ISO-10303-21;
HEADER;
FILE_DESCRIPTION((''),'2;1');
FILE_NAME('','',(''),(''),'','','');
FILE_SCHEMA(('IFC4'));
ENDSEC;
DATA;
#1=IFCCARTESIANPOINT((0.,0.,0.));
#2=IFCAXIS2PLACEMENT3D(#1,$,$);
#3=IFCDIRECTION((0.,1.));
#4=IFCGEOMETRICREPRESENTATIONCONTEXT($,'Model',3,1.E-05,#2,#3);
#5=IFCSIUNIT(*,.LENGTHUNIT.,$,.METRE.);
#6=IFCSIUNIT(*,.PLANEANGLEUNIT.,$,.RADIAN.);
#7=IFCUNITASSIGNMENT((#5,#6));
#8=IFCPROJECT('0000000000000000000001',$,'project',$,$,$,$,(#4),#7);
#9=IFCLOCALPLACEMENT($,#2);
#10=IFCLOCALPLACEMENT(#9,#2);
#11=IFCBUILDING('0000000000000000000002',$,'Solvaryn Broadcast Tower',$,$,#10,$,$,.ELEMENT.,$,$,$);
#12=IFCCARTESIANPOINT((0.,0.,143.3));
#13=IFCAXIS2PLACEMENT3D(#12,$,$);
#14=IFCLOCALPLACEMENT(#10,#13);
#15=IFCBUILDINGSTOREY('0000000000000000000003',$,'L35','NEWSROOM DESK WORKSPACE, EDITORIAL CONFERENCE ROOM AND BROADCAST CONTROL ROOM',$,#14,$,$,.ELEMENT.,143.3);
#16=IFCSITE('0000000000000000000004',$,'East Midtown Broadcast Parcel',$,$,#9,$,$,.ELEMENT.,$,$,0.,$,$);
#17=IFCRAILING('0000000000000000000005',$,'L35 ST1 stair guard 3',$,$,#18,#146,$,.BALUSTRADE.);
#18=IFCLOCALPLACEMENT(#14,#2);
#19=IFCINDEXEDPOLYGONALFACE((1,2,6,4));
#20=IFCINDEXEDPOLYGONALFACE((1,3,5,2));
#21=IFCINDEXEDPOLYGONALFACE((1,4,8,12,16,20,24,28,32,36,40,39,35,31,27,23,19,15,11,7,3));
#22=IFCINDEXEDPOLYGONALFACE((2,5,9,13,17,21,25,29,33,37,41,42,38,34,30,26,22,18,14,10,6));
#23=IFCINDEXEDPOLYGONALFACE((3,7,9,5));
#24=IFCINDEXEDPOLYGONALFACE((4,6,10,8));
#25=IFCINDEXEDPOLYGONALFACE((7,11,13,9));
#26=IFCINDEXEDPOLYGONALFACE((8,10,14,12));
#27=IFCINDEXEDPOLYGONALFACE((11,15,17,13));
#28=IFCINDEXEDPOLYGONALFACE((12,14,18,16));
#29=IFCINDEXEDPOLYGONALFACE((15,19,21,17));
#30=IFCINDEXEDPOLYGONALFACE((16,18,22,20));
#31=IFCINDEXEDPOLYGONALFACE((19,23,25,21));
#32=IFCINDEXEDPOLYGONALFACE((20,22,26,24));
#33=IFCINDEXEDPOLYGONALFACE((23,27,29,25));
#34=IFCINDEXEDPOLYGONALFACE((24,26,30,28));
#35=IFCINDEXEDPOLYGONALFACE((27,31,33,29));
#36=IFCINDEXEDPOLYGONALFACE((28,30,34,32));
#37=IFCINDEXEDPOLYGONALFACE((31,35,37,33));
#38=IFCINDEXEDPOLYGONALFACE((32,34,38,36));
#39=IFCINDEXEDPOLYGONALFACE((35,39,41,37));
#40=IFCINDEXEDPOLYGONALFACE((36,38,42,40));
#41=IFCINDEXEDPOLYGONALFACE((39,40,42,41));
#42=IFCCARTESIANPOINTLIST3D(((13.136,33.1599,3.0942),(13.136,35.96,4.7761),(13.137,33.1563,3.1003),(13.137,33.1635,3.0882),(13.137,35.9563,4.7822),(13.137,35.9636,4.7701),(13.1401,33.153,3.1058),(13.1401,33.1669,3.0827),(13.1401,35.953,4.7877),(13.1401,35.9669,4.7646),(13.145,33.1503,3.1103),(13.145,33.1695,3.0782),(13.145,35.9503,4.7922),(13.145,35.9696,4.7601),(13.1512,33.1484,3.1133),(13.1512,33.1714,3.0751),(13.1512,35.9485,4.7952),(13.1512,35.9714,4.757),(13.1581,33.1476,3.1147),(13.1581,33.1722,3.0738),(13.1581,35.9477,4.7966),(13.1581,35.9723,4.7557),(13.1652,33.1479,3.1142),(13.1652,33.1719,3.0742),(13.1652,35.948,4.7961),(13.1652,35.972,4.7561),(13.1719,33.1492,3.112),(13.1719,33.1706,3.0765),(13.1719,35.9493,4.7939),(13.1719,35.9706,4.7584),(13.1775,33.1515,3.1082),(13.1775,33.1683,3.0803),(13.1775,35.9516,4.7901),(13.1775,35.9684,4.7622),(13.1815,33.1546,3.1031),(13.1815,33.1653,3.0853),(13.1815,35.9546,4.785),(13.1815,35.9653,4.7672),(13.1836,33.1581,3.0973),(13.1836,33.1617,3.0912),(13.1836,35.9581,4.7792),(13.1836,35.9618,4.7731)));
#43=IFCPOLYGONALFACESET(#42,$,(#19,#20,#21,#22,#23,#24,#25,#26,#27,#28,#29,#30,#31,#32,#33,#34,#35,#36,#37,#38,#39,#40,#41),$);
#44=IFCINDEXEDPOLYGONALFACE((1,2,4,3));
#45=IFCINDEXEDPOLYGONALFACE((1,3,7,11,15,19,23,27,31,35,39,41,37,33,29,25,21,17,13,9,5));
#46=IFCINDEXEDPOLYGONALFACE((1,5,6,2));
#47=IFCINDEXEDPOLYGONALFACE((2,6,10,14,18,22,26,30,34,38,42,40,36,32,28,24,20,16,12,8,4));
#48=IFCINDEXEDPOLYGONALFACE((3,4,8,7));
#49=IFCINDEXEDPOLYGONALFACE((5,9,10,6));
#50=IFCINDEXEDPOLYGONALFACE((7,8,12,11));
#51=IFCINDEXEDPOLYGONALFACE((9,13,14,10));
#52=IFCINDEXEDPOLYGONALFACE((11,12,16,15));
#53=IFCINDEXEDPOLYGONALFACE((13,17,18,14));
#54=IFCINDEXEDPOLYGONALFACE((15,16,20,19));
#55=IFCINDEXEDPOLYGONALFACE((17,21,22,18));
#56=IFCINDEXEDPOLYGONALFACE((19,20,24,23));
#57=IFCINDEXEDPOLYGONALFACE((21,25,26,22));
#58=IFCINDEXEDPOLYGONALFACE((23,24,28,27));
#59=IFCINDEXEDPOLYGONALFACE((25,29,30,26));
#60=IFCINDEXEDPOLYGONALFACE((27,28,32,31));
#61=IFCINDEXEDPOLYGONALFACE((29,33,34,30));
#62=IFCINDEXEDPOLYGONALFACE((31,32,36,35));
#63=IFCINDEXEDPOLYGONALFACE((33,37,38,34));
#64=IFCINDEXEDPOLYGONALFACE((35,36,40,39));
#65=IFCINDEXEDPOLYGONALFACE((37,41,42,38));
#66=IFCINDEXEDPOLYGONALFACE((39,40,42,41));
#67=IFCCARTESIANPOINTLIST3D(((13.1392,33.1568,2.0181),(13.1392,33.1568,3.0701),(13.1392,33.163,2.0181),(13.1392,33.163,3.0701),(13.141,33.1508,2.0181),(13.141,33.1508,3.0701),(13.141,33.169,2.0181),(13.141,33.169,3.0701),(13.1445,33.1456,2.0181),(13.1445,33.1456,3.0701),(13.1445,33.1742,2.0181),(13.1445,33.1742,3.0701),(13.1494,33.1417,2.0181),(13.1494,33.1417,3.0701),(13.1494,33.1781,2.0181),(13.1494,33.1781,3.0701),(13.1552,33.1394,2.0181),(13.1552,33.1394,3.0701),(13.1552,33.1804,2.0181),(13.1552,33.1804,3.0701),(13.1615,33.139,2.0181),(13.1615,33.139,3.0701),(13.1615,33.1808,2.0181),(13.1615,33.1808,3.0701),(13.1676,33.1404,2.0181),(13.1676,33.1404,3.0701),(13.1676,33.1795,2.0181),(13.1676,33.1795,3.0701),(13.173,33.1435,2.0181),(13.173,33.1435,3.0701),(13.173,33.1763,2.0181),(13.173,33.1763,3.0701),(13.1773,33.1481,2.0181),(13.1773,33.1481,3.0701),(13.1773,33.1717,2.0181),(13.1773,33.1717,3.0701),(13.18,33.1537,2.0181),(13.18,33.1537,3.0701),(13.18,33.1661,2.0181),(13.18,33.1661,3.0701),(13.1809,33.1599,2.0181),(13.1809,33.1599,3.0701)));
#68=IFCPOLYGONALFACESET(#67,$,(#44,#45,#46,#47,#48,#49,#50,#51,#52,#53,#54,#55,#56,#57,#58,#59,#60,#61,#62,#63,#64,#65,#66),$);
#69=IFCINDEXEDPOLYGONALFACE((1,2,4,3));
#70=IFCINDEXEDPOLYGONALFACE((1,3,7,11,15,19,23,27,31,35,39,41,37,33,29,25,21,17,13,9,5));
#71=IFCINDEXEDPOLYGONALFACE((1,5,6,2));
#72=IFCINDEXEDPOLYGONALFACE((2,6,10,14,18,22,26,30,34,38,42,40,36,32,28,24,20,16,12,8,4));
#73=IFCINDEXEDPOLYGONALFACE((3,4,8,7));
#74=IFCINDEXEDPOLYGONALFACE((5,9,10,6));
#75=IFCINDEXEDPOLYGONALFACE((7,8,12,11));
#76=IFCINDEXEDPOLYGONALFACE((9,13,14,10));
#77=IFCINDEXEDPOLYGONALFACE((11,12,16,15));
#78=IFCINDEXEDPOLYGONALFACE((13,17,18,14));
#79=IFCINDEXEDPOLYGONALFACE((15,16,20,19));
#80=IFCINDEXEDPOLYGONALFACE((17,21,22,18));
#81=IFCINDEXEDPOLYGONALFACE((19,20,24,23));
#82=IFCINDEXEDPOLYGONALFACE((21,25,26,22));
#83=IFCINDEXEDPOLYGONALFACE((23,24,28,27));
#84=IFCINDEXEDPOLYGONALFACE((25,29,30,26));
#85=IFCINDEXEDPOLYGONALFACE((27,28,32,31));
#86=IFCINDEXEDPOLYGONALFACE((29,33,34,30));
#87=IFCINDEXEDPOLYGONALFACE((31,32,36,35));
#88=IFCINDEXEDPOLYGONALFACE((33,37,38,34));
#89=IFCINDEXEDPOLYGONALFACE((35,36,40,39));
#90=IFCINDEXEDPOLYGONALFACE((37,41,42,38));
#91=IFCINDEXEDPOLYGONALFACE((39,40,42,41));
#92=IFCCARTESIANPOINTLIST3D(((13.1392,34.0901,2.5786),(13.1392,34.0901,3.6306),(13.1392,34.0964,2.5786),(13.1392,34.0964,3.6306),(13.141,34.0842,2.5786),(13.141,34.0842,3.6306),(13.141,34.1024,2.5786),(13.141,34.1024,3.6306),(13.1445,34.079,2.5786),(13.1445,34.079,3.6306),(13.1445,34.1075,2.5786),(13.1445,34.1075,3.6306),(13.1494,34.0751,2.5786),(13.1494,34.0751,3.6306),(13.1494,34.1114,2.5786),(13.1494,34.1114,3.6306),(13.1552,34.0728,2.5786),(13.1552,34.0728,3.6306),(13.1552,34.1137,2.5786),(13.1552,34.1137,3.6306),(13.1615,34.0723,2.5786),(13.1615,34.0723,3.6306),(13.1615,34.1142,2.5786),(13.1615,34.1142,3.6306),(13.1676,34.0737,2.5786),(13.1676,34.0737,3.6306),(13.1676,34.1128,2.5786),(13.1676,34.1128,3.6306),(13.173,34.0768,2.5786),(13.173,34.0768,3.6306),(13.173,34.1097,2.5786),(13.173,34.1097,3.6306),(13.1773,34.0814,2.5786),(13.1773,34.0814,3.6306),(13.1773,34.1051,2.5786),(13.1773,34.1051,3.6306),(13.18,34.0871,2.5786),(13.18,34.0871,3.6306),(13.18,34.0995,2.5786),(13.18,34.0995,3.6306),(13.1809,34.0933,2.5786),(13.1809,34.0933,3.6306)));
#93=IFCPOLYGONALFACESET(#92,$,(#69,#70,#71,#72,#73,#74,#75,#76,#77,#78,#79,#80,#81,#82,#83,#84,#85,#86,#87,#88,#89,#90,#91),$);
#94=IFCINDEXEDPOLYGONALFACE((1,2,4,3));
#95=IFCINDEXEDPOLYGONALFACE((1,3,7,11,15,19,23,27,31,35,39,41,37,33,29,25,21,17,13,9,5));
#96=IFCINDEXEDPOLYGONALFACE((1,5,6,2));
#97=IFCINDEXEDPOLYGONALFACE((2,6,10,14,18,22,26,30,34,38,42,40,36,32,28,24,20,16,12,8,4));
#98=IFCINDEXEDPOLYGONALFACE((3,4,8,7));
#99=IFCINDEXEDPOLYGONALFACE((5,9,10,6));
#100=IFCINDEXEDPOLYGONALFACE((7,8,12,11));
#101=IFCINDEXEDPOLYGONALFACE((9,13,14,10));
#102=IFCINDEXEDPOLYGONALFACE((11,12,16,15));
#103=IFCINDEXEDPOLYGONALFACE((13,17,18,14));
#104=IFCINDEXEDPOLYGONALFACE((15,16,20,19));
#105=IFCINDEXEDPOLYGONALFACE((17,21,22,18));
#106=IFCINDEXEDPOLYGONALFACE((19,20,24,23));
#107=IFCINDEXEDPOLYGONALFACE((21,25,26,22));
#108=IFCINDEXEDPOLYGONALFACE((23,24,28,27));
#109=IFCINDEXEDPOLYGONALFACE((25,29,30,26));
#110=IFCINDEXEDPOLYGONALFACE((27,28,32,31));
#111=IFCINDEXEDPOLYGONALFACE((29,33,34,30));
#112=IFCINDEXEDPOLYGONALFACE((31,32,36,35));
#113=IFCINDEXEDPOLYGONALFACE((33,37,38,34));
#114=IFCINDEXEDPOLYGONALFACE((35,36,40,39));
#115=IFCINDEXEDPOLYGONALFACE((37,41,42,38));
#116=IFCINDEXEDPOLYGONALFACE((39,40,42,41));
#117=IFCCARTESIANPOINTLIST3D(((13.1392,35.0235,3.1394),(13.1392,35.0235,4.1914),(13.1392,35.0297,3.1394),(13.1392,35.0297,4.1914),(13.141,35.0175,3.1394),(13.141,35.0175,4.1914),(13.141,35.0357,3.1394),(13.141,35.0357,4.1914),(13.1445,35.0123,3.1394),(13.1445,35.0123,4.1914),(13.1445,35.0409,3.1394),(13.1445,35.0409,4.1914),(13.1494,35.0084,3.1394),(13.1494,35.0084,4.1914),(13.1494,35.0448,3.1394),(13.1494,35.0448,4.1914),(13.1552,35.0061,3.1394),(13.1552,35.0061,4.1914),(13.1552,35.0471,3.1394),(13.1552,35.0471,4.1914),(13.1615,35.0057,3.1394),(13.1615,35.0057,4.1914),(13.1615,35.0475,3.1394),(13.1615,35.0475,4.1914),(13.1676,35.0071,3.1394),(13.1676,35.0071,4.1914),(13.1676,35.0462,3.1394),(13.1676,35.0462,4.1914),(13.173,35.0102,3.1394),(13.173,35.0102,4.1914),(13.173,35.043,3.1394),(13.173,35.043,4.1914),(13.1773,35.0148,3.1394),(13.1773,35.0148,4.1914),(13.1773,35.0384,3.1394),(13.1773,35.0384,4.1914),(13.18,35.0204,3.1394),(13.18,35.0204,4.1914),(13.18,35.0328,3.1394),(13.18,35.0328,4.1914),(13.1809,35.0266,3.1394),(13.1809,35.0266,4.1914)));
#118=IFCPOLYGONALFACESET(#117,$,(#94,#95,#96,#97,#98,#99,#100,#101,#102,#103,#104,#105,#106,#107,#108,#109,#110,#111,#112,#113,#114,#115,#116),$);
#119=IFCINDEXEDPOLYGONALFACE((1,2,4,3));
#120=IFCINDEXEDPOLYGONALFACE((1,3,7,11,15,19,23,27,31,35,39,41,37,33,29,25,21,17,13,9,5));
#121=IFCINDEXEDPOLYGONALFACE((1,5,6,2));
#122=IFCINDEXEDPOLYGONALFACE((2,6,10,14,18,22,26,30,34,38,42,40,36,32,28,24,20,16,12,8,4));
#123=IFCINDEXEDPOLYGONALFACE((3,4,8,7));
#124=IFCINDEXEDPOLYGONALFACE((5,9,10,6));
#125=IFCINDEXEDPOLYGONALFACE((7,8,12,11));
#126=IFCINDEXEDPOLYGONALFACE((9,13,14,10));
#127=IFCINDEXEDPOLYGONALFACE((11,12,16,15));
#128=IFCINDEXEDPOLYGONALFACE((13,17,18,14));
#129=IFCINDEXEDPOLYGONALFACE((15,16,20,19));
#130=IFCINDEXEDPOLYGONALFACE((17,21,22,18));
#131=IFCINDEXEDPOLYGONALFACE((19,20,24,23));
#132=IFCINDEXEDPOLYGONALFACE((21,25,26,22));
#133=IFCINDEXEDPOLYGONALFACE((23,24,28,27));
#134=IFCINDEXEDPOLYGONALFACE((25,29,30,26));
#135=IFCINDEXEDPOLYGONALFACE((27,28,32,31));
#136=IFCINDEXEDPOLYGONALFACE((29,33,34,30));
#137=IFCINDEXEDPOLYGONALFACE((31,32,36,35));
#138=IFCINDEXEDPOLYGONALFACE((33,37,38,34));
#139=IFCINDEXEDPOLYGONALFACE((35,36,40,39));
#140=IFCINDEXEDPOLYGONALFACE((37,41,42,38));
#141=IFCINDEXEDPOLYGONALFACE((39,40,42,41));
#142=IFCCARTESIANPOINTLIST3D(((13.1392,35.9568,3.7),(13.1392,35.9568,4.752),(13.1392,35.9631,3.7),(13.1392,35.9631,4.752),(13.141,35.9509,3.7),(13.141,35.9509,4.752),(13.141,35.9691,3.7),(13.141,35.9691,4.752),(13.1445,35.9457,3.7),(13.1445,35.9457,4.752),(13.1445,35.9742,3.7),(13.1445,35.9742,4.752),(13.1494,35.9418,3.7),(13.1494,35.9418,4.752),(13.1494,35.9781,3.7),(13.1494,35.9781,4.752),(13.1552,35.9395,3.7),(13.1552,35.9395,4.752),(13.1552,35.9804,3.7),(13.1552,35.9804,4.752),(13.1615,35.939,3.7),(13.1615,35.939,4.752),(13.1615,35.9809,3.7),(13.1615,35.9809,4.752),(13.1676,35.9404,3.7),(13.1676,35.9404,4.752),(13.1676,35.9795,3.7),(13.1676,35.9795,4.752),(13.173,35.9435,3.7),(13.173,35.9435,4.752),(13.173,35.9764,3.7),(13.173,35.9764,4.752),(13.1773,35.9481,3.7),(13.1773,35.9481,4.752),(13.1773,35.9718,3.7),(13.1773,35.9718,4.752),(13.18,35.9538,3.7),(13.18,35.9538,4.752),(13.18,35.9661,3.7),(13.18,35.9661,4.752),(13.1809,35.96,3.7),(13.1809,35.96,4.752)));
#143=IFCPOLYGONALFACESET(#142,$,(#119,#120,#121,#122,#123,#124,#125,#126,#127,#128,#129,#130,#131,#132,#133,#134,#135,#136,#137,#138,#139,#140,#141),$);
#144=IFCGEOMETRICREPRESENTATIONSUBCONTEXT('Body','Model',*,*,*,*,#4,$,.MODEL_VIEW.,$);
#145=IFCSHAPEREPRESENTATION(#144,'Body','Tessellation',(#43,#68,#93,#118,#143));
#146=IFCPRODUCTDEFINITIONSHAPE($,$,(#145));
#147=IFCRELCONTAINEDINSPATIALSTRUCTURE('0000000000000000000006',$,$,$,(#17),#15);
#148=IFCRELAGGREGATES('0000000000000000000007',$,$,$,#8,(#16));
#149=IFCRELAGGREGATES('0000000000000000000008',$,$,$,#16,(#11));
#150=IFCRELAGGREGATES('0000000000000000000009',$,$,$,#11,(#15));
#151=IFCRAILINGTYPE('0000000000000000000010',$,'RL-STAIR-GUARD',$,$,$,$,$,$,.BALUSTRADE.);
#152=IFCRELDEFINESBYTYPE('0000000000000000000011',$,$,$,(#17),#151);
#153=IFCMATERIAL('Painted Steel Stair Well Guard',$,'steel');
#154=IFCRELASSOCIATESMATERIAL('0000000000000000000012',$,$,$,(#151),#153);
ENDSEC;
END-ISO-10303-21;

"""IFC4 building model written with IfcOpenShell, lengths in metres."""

from ifc_helpers import new_model, si_unit, direction, frame, origin, origin_2d, place, context, subcontext, project, spatial, circle, extrude, material, type_object, element, save


model = new_model("IFC4")

# Units and contexts
model_context = context("Model", 3, precision=1e-05, world=origin(), true_north=direction((0.0, 1.0)))
body_context = subcontext(model_context, "Body", "Model", "MODEL_VIEW")
ifc_project = project(units=[si_unit("LENGTHUNIT", "METRE"), si_unit("PLANEANGLEUNIT", "RADIAN")], contexts=[model_context])

# Site, building, storey
site_placement = place(None, origin())
site = spatial("IfcSite", under=ifc_project, at=site_placement, Name="East Midtown Broadcast Parcel", CompositionType="ELEMENT", RefElevation=0.0)
building_placement = place(site_placement, origin())
building = spatial("IfcBuilding", under=site, at=building_placement, Name="Solvaryn Broadcast Tower", CompositionType="ELEMENT")
storey_placement = place(building_placement, frame((0.0, 0.0, 143.3)))
storey = spatial("IfcBuildingStorey", under=building, at=storey_placement, Name="L35", Description="NEWSROOM DESK WORKSPACE, EDITORIAL CONFERENCE ROOM AND BROADCAST CONTROL ROOM", CompositionType="ELEMENT", Elevation=143.3)

# Railing
ifc_material_1 = material(Name="Painted Steel Stair Well Guard", Category="steel")
railing_type_1 = type_object("IfcRailingType", Name="RL-STAIR-GUARD", PredefinedType="BALUSTRADE", material=ifc_material_1)
railing_1_placement = place(storey_placement, frame((13.1599, 33.1599, 2.0181)))
element("IfcRailing", 1, at=railing_1_placement, inside=storey, type_object=railing_type_1, Name="L35 ST1 stair guard 3", PredefinedType="BALUSTRADE", context=body_context, shape_type="SweptSolid", body=[
    extrude(circle(Radius=0.0239, at=origin_2d()), frame((0.0, 0.0, 1.0762), z_axis=(0.0, 0.857242, 0.514913), x_axis=(-1.0, 0.0, 0.0)), (0.0, 0.0, 1.0), 3.2664),
    extrude(circle(Radius=0.021, at=origin_2d()), origin(), (0.0, 0.0, 1.0), 1.052),
    extrude(circle(Radius=0.021, at=origin_2d()), frame((0.0, 0.9333, 0.5605)), (0.0, 0.0, 1.0), 1.052),
    extrude(circle(Radius=0.021, at=origin_2d()), frame((0.0, 1.8667, 1.1213)), (0.0, 0.0, 1.0), 1.052),
    extrude(circle(Radius=0.021, at=origin_2d()), frame((0.0, 2.8, 1.6819)), (0.0, 0.0, 1.0), 1.052),
])

save(model, "model.ifc")
